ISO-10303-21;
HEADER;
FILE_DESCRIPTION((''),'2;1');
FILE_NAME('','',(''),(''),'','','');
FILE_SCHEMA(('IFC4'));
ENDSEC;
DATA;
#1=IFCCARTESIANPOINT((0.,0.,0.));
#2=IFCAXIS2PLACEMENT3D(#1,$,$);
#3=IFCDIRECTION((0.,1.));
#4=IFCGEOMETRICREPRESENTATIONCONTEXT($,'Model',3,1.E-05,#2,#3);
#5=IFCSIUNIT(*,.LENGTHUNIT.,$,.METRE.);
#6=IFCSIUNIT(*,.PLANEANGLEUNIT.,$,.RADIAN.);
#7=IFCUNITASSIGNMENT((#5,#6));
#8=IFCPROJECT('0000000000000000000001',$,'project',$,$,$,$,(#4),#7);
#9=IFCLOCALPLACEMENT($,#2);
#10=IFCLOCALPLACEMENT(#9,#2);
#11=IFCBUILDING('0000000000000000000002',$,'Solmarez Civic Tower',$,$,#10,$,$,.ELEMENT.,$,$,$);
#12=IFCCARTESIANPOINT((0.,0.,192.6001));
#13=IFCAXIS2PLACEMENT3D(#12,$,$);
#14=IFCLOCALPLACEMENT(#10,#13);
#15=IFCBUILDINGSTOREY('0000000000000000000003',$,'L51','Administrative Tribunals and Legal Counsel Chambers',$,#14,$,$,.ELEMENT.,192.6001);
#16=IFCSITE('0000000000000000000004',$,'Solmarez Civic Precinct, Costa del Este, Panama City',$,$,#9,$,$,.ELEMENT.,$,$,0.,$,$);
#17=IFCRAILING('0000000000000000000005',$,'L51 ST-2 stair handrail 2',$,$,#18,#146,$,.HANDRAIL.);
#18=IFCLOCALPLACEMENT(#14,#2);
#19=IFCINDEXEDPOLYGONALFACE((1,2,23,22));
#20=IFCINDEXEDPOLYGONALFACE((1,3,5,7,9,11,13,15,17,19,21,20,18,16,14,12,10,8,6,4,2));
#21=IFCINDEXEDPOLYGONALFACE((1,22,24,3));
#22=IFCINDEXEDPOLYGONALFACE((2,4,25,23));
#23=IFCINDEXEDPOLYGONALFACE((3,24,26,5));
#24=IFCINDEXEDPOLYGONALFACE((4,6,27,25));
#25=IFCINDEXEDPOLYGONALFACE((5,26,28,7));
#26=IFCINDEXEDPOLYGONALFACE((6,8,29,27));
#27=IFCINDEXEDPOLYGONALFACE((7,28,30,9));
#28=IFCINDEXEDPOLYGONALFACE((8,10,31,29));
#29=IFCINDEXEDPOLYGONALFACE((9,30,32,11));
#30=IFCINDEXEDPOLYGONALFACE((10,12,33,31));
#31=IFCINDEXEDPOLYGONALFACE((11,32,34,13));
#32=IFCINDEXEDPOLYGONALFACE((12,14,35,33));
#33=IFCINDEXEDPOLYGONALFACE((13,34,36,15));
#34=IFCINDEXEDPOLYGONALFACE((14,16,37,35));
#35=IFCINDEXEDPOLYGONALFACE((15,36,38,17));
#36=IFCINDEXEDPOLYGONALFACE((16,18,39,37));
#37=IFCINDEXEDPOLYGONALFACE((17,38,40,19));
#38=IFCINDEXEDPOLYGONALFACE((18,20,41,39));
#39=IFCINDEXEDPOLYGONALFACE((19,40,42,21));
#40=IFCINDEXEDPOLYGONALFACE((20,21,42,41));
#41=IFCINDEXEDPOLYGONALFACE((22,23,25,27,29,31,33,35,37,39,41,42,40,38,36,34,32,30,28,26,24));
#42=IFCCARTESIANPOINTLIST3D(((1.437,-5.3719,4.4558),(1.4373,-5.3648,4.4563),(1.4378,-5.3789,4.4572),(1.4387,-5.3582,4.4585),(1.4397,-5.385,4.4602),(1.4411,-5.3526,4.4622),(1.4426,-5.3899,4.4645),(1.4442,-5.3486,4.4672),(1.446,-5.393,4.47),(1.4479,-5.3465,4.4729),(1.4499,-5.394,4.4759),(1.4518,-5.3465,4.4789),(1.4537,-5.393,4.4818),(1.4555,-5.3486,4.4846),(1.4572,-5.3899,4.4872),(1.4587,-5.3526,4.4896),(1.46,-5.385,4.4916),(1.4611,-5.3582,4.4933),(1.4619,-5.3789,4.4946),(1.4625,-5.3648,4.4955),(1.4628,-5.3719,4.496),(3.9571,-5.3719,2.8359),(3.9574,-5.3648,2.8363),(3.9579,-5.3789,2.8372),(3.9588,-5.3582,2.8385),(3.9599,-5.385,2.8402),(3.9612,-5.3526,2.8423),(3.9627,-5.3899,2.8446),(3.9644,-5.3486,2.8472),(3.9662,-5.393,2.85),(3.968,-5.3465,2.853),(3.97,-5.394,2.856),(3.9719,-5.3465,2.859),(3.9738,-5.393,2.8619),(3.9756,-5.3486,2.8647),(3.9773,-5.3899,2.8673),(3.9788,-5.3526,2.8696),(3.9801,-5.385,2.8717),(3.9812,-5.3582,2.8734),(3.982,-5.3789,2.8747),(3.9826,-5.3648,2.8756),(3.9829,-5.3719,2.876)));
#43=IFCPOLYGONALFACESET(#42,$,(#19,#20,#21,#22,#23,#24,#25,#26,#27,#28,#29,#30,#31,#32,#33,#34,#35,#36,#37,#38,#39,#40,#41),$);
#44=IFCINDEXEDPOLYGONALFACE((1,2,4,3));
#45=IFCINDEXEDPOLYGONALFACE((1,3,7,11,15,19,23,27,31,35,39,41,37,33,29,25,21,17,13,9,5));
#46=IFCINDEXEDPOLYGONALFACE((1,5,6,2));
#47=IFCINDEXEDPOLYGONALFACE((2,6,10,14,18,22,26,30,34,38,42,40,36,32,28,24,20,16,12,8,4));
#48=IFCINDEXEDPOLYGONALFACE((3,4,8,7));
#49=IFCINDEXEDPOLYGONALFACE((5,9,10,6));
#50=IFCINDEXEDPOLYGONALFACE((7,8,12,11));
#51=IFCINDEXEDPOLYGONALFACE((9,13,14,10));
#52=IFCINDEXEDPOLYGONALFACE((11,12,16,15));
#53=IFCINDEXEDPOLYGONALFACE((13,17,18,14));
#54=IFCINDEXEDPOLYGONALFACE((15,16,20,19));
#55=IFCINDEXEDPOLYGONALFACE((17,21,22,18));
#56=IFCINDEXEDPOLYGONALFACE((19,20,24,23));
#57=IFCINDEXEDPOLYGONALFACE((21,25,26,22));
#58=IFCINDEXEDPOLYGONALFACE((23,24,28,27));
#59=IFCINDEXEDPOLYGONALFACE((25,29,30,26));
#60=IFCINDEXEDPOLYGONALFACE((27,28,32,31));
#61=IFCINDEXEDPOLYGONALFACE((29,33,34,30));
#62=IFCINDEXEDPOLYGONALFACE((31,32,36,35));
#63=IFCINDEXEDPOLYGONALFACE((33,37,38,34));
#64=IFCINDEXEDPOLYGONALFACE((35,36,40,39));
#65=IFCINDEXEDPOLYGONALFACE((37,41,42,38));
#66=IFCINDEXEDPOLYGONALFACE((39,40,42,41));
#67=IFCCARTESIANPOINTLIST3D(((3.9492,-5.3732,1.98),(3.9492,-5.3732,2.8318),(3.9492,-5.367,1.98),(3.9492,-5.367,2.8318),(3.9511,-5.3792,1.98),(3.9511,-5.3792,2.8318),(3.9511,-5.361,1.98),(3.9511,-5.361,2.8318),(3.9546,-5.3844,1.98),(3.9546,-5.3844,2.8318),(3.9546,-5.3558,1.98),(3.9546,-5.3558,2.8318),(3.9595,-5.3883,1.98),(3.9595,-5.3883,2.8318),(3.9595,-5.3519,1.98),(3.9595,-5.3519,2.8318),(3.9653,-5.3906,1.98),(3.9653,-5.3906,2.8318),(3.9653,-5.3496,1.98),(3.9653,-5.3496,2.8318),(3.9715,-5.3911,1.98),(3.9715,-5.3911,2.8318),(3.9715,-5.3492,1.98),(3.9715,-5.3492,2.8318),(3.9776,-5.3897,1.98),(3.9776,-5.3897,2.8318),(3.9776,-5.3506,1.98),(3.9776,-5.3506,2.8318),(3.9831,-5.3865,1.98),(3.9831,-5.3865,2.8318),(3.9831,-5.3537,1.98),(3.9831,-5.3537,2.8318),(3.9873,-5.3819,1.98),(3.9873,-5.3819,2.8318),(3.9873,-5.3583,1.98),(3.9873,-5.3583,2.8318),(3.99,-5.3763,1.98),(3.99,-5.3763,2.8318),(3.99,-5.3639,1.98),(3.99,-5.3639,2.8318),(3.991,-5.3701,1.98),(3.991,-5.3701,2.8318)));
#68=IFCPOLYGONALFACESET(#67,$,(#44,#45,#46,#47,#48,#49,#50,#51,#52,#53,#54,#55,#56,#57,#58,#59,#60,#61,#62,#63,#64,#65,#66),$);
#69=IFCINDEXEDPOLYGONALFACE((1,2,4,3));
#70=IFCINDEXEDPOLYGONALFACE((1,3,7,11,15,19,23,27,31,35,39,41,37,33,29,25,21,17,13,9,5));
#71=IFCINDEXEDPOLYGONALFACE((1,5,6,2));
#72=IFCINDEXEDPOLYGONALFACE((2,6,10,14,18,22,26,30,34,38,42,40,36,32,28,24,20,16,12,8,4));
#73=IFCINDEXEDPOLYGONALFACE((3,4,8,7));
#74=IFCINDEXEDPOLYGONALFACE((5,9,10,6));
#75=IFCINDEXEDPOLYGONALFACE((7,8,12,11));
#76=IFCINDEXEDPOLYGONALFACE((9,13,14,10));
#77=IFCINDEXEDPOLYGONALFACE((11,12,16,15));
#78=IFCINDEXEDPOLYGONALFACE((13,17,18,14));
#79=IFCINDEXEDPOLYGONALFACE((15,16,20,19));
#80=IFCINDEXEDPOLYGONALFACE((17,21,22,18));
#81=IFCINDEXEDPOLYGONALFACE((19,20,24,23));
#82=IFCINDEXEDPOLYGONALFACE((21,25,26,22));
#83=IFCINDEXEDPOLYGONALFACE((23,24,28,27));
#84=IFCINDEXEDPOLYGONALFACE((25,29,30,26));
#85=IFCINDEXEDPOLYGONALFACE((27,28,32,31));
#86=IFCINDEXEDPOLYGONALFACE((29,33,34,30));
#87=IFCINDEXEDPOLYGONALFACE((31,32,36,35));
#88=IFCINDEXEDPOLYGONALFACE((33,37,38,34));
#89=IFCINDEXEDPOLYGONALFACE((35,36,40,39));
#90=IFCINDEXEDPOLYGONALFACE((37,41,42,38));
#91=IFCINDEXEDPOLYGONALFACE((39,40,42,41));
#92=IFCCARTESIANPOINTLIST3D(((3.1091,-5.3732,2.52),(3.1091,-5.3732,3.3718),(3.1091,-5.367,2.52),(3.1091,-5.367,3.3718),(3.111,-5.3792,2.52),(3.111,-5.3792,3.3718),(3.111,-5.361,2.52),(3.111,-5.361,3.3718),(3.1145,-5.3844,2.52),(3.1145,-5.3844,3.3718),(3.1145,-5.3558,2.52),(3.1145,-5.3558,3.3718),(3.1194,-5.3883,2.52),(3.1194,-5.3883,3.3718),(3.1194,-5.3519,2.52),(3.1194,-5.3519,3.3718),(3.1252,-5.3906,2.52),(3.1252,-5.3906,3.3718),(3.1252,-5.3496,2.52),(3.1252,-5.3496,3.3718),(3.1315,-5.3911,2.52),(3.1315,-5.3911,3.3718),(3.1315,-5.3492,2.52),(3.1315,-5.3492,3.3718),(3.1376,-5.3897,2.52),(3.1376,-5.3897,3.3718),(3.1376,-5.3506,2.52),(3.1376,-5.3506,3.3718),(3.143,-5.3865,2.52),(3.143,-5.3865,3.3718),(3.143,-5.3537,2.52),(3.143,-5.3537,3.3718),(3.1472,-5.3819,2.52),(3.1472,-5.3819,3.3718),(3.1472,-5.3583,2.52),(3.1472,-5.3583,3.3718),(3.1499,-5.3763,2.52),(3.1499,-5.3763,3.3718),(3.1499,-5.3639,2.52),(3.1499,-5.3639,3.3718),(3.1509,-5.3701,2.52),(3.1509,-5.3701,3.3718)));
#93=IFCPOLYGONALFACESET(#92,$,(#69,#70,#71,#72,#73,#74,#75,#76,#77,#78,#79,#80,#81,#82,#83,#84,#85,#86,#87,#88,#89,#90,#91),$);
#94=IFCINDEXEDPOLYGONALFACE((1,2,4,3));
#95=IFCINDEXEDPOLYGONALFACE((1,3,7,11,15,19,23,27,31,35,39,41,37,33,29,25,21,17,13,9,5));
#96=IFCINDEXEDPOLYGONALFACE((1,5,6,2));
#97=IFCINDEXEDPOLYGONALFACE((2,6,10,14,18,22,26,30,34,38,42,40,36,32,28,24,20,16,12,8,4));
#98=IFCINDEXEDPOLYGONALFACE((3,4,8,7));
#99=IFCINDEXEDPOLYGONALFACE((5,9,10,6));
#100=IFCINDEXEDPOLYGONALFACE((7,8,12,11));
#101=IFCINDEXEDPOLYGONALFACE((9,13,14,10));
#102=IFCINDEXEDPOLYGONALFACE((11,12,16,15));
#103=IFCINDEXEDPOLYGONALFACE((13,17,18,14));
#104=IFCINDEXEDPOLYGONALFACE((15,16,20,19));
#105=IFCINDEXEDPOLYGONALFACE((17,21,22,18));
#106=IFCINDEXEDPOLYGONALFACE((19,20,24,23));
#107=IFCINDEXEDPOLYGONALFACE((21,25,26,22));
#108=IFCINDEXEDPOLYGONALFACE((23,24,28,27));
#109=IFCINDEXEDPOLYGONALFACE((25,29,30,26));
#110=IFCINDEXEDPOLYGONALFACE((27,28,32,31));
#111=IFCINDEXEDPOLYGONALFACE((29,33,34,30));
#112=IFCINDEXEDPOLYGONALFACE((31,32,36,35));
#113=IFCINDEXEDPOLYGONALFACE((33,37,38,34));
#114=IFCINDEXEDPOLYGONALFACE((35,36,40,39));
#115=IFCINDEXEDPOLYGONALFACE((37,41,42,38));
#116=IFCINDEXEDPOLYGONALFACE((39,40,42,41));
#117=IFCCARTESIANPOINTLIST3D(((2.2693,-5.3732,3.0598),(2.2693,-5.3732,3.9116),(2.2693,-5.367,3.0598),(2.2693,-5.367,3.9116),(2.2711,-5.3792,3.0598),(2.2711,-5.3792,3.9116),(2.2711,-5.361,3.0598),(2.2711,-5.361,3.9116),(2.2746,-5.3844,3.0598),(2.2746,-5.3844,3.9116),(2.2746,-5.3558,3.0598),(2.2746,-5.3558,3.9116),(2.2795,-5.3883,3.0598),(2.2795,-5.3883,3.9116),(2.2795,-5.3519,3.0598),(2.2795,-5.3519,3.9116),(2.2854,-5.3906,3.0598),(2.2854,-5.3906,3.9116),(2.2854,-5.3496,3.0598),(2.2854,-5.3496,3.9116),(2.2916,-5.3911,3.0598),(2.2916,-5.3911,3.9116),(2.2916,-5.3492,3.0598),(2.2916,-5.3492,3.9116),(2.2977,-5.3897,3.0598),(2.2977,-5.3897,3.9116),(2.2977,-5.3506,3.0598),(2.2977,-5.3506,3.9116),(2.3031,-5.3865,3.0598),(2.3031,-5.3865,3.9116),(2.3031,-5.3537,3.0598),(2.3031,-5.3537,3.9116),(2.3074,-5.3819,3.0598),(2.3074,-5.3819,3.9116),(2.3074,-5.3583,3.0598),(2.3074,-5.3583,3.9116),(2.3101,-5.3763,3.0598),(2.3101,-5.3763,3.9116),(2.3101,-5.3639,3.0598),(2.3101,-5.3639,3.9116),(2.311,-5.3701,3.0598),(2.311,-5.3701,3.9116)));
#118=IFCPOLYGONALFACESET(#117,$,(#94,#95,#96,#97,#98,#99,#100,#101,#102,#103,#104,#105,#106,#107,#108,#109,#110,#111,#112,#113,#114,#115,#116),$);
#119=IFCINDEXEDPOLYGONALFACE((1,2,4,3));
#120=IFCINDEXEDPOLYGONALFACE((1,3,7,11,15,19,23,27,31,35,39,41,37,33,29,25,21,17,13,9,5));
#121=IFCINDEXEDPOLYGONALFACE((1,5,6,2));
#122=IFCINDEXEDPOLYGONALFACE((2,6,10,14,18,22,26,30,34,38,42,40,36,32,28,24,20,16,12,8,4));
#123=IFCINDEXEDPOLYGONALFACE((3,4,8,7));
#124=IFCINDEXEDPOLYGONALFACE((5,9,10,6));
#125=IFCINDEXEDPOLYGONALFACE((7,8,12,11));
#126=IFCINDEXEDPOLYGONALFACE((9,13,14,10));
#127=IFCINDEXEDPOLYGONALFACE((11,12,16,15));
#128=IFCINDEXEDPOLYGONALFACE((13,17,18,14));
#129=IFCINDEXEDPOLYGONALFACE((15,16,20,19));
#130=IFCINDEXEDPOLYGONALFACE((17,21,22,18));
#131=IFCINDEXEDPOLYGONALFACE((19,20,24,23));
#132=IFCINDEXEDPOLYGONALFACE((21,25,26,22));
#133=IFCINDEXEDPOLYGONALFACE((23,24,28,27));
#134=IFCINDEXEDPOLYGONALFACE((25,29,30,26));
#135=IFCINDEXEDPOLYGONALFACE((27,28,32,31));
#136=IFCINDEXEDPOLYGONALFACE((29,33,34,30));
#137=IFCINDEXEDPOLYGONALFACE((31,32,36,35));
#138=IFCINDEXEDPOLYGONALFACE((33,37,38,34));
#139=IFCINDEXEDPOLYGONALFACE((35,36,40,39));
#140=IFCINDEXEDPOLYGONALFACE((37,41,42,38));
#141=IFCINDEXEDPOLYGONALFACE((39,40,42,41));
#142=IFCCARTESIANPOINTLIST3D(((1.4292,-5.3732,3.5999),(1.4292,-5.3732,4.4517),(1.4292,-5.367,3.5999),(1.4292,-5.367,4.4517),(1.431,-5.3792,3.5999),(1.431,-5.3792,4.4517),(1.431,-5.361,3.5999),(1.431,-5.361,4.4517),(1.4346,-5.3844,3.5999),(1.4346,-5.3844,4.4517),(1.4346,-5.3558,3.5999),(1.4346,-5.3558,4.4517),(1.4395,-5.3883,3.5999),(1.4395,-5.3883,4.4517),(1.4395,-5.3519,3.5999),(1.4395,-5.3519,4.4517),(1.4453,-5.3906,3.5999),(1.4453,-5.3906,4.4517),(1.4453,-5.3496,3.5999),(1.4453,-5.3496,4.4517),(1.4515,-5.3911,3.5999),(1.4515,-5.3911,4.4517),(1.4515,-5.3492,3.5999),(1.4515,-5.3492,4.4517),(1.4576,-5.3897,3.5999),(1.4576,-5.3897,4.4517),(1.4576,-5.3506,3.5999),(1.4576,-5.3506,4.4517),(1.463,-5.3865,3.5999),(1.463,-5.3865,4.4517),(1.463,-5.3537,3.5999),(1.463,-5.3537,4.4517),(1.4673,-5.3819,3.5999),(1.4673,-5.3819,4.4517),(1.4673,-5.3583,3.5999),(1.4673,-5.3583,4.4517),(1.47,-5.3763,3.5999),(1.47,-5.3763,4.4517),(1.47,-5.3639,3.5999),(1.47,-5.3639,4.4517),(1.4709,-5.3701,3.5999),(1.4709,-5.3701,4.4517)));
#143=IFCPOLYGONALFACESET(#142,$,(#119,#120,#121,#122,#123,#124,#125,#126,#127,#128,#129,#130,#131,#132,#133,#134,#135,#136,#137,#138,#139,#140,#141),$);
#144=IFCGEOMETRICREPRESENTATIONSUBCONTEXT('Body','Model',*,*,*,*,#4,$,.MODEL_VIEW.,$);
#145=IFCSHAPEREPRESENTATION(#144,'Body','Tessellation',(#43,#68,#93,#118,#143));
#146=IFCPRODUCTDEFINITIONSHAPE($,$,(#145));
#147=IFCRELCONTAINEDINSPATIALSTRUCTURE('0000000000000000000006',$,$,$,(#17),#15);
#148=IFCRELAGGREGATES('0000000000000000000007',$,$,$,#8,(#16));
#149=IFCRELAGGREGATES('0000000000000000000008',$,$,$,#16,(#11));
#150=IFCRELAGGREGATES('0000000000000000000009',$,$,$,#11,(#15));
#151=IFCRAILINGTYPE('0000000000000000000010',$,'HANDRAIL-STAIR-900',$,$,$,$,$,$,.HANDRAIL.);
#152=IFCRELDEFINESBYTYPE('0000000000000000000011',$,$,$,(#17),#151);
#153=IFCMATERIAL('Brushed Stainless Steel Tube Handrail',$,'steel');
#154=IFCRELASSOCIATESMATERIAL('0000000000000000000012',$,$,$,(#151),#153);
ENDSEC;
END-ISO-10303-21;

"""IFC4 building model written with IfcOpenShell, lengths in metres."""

from ifc_helpers import new_model, si_unit, direction, frame, origin, origin_2d, place, context, subcontext, project, spatial, circle, extrude, material, type_object, element, save


model = new_model("IFC4")

# Units and contexts
model_context = context("Model", 3, precision=1e-05, world=origin(), true_north=direction((0.0, 1.0)))
body_context = subcontext(model_context, "Body", "Model", "MODEL_VIEW")
ifc_project = project(units=[si_unit("LENGTHUNIT", "METRE"), si_unit("PLANEANGLEUNIT", "RADIAN")], contexts=[model_context])

# Site, building, storey
site_placement = place(None, origin())
site = spatial("IfcSite", under=ifc_project, at=site_placement, Name="Solmarez Civic Precinct, Costa del Este, Panama City", CompositionType="ELEMENT", RefElevation=0.0)
building_placement = place(site_placement, origin())
building = spatial("IfcBuilding", under=site, at=building_placement, Name="Solmarez Civic Tower", CompositionType="ELEMENT")
storey_placement = place(building_placement, frame((0.0, 0.0, 192.6001)))
storey = spatial("IfcBuildingStorey", under=building, at=storey_placement, Name="L51", Description="Administrative Tribunals and Legal Counsel Chambers", CompositionType="ELEMENT", Elevation=192.6001)

# Railing
ifc_material_1 = material(Name="Brushed Stainless Steel Tube Handrail", Category="steel")
railing_type_1 = type_object("IfcRailingType", Name="HANDRAIL-STAIR-900", PredefinedType="HANDRAIL", material=ifc_material_1)
railing_1_placement = place(storey_placement, frame((3.97, -5.3701, 1.98)))
element("IfcRailing", 1, at=railing_1_placement, inside=storey, type_object=railing_type_1, Name="L51 ST-2 stair handrail 2", PredefinedType="HANDRAIL", context=body_context, shape_type="SweptSolid", body=[
    extrude(circle(Radius=0.0239, at=origin_2d()), frame((0.0, 0.0, 0.876), z_axis=(-0.8412, 0.0, 0.540725), x_axis=(0.0, -1.0, 0.0)), (0.0, 0.0, 1.0), 2.9958),
    extrude(circle(Radius=0.021, at=origin_2d()), origin(), (0.0, 0.0, 1.0), 0.8518),
    extrude(circle(Radius=0.021, at=origin_2d()), frame((-0.8401, 0.0, 0.54)), (0.0, 0.0, 1.0), 0.8518),
    extrude(circle(Radius=0.021, at=origin_2d()), frame((-1.6799, 0.0, 1.0798)), (0.0, 0.0, 1.0), 0.8518),
    extrude(circle(Radius=0.021, at=origin_2d()), frame((-2.52, 0.0, 1.6199)), (0.0, 0.0, 1.0), 0.8518),
])

save(model, "model.ifc")
